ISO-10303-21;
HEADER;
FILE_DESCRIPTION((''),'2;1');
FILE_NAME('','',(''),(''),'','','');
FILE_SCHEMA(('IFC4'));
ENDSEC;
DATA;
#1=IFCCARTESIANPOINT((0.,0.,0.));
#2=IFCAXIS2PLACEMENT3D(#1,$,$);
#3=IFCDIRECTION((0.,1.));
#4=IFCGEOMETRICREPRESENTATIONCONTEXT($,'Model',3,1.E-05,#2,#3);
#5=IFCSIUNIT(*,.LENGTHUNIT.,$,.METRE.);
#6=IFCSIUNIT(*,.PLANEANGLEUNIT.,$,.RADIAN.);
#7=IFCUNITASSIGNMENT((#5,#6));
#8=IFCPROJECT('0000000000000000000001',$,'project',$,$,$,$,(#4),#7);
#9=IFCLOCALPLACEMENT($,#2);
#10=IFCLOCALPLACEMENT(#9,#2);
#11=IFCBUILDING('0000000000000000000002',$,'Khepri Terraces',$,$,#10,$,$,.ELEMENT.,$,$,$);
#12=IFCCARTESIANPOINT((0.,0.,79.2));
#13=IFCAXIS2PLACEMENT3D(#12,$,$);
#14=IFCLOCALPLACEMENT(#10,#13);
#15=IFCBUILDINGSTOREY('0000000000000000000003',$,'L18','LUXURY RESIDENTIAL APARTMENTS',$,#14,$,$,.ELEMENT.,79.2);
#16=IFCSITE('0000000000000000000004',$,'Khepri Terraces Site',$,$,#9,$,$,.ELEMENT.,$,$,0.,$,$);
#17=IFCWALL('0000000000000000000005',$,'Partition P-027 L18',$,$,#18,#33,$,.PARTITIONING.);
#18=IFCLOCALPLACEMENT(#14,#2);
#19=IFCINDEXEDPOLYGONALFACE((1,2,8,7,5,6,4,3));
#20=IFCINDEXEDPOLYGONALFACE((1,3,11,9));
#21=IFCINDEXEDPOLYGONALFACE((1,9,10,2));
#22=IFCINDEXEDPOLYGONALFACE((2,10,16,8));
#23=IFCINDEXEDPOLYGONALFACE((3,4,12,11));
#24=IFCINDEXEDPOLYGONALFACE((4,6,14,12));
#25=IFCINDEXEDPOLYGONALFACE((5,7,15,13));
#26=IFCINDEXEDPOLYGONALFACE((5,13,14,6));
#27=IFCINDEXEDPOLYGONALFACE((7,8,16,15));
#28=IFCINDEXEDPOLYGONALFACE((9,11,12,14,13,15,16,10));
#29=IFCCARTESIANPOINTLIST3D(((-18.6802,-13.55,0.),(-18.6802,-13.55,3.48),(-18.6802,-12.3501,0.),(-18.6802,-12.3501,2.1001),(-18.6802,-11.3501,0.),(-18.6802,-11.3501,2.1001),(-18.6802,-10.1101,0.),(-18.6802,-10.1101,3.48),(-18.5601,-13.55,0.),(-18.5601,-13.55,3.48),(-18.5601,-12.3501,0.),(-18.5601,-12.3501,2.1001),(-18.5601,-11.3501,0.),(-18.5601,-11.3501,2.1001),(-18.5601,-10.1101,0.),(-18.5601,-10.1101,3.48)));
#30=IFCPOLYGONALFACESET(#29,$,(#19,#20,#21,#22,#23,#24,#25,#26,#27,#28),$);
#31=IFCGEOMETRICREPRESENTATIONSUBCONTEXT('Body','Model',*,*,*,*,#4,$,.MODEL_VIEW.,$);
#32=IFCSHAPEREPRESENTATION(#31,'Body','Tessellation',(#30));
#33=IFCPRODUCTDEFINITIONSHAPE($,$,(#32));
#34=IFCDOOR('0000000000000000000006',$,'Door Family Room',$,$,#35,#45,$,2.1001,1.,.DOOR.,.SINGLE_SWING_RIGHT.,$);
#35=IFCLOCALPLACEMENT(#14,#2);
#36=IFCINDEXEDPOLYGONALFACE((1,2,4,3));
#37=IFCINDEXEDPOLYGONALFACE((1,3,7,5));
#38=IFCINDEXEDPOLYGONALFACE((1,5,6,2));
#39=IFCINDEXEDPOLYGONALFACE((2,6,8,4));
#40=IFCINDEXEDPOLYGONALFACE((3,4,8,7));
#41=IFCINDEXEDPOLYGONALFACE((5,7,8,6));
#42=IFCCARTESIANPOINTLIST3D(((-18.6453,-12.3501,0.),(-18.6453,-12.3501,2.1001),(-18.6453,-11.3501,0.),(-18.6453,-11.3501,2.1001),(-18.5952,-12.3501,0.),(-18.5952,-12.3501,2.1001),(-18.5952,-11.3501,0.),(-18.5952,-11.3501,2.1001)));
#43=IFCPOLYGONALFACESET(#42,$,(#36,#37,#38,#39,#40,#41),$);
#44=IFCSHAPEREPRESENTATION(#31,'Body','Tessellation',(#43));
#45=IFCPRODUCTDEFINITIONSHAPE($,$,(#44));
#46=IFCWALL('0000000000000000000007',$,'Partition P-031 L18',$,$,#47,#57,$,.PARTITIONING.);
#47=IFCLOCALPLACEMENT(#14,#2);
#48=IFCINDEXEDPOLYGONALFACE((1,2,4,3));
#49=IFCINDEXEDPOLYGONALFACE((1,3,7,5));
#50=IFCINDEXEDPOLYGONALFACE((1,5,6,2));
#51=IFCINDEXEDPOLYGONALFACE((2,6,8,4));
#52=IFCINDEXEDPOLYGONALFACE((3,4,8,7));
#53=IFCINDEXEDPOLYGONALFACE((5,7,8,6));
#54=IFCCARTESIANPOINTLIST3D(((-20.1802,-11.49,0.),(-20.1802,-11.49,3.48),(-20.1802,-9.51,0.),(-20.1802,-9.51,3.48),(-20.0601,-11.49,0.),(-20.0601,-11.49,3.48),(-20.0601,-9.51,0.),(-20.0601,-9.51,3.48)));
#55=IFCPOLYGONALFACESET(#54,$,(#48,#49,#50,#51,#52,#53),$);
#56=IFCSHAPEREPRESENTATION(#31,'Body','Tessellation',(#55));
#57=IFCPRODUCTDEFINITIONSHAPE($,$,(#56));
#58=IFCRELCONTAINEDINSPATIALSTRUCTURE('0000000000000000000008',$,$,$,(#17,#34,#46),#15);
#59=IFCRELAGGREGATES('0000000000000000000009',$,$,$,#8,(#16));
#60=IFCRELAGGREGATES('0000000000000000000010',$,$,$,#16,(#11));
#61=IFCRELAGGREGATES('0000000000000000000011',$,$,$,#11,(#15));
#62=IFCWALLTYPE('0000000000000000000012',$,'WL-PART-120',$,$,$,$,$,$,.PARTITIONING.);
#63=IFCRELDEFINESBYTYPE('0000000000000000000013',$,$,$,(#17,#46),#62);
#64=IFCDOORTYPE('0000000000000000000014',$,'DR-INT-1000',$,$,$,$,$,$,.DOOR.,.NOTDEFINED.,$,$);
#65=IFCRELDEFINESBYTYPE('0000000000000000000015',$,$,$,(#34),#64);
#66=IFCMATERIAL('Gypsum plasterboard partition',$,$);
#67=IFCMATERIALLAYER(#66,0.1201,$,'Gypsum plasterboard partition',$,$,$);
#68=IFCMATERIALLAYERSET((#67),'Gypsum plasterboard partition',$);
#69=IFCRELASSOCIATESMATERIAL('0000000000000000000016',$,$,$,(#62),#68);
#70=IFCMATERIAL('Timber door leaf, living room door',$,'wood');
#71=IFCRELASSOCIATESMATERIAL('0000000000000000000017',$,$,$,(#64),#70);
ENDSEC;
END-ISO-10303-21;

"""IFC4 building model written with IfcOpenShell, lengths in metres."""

from ifc_helpers import new_model, si_unit, direction, frame, frame_2d, origin, place, context, subcontext, project, spatial, rectangle, extrude, material, layer, layer_set, type_object, element, fill, save


model = new_model("IFC4")

# Units and contexts
model_context = context("Model", 3, precision=1e-05, world=origin(), true_north=direction((0.0, 1.0)))
body_context = subcontext(model_context, "Body", "Model", "MODEL_VIEW")
ifc_project = project(units=[si_unit("LENGTHUNIT", "METRE"), si_unit("PLANEANGLEUNIT", "RADIAN")], contexts=[model_context])

# Site, building, storey
site_placement = place(None, origin())
site = spatial("IfcSite", under=ifc_project, at=site_placement, Name="Khepri Terraces Site", CompositionType="ELEMENT", RefElevation=0.0)
building_placement = place(site_placement, origin())
building = spatial("IfcBuilding", under=site, at=building_placement, Name="Khepri Terraces", CompositionType="ELEMENT")
storey_placement = place(building_placement, frame((0.0, 0.0, 79.2)))
storey = spatial("IfcBuildingStorey", under=building, at=storey_placement, Name="L18", Description="LUXURY RESIDENTIAL APARTMENTS", CompositionType="ELEMENT", Elevation=79.2)

# Shared definitions
ifc_material_1 = material(Name="Gypsum plasterboard partition")
ifc_layer_1 = layer(ifc_material_1, 0.1201, Name="Gypsum plasterboard partition")
ifc_layer_set_1 = layer_set([ifc_layer_1], Name="Gypsum plasterboard partition")
wall_type_1 = type_object("IfcWallType", Name="WL-PART-120", PredefinedType="PARTITIONING", material=ifc_layer_set_1)

# Shared definitions
ifc_material_2 = material(Name="Timber door leaf, living room door", Category="wood")
door_type_1 = type_object("IfcDoorType", Name="DR-INT-1000", OperationType="NOTDEFINED", PredefinedType="DOOR", material=ifc_material_2)

# Wall, opening, door
wall_1_placement = place(storey_placement, frame((-18.6201, -13.55, 0.0), z_axis=(0.0, 0.0, 1.0), x_axis=(0.0, 1.0, 0.0)))
wall_1 = element("IfcWall", 1, at=wall_1_placement, inside=storey, type_object=wall_type_1, Name="Partition P-027 L18", PredefinedType="PARTITIONING", context=body_context, shape_type="SweptSolid", body=[
    extrude(rectangle(XDim=3.4399, YDim=0.1201, at=frame_2d((1.72, 0.0))), origin(), (0.0, 0.0, 1.0), 3.48),
])
opening_1_placement = place(wall_1_placement, frame((1.2, 0.0, 0.0)))
opening_1 = element("IfcOpeningElement", 2, at=opening_1_placement, cuts=wall_1, PredefinedType="OPENING", context=body_context, shape_type="SweptSolid", body=[
    extrude(rectangle(XDim=1.0, YDim=2.1001, at=frame_2d((0.5, 1.05))), frame((0.0, 0.0701, 0.0), z_axis=(0.0, -1.0, 0.0), x_axis=(1.0, 0.0, 0.0)), (0.0, 0.0, 1.0), 0.1401),
])
door_1_placement = place(opening_1_placement, frame((1.0, 0.0, 0.0), z_axis=(0.0, 0.0, 1.0), x_axis=(-1.0, 0.0, 0.0)))
door_1 = element("IfcDoor", 3, at=door_1_placement, inside=storey, type_object=door_type_1, Name="Door Family Room", OperationType="SINGLE_SWING_RIGHT", OverallHeight=2.1001, OverallWidth=1.0, PredefinedType="DOOR", context=body_context, shape_type="SweptSolid", body=[
    extrude(rectangle(XDim=1.0, YDim=2.1001, at=frame_2d((0.5, 1.05))), frame((0.0, 0.0249, 0.0), z_axis=(0.0, -1.0, 0.0), x_axis=(1.0, 0.0, 0.0)), (0.0, 0.0, 1.0), 0.05),
])
fill(opening_1, door_1)

# Wall
wall_2_placement = place(storey_placement, frame((-20.1201, -11.49, 0.0), z_axis=(0.0, 0.0, 1.0), x_axis=(0.0, 1.0, 0.0)))
element("IfcWall", 4, at=wall_2_placement, inside=storey, type_object=wall_type_1, Name="Partition P-031 L18", PredefinedType="PARTITIONING", context=body_context, shape_type="SweptSolid", body=[
    extrude(rectangle(XDim=1.98, YDim=0.1201, at=frame_2d((0.99, 0.0))), origin(), (0.0, 0.0, 1.0), 3.48),
])

save(model, "model.ifc")
